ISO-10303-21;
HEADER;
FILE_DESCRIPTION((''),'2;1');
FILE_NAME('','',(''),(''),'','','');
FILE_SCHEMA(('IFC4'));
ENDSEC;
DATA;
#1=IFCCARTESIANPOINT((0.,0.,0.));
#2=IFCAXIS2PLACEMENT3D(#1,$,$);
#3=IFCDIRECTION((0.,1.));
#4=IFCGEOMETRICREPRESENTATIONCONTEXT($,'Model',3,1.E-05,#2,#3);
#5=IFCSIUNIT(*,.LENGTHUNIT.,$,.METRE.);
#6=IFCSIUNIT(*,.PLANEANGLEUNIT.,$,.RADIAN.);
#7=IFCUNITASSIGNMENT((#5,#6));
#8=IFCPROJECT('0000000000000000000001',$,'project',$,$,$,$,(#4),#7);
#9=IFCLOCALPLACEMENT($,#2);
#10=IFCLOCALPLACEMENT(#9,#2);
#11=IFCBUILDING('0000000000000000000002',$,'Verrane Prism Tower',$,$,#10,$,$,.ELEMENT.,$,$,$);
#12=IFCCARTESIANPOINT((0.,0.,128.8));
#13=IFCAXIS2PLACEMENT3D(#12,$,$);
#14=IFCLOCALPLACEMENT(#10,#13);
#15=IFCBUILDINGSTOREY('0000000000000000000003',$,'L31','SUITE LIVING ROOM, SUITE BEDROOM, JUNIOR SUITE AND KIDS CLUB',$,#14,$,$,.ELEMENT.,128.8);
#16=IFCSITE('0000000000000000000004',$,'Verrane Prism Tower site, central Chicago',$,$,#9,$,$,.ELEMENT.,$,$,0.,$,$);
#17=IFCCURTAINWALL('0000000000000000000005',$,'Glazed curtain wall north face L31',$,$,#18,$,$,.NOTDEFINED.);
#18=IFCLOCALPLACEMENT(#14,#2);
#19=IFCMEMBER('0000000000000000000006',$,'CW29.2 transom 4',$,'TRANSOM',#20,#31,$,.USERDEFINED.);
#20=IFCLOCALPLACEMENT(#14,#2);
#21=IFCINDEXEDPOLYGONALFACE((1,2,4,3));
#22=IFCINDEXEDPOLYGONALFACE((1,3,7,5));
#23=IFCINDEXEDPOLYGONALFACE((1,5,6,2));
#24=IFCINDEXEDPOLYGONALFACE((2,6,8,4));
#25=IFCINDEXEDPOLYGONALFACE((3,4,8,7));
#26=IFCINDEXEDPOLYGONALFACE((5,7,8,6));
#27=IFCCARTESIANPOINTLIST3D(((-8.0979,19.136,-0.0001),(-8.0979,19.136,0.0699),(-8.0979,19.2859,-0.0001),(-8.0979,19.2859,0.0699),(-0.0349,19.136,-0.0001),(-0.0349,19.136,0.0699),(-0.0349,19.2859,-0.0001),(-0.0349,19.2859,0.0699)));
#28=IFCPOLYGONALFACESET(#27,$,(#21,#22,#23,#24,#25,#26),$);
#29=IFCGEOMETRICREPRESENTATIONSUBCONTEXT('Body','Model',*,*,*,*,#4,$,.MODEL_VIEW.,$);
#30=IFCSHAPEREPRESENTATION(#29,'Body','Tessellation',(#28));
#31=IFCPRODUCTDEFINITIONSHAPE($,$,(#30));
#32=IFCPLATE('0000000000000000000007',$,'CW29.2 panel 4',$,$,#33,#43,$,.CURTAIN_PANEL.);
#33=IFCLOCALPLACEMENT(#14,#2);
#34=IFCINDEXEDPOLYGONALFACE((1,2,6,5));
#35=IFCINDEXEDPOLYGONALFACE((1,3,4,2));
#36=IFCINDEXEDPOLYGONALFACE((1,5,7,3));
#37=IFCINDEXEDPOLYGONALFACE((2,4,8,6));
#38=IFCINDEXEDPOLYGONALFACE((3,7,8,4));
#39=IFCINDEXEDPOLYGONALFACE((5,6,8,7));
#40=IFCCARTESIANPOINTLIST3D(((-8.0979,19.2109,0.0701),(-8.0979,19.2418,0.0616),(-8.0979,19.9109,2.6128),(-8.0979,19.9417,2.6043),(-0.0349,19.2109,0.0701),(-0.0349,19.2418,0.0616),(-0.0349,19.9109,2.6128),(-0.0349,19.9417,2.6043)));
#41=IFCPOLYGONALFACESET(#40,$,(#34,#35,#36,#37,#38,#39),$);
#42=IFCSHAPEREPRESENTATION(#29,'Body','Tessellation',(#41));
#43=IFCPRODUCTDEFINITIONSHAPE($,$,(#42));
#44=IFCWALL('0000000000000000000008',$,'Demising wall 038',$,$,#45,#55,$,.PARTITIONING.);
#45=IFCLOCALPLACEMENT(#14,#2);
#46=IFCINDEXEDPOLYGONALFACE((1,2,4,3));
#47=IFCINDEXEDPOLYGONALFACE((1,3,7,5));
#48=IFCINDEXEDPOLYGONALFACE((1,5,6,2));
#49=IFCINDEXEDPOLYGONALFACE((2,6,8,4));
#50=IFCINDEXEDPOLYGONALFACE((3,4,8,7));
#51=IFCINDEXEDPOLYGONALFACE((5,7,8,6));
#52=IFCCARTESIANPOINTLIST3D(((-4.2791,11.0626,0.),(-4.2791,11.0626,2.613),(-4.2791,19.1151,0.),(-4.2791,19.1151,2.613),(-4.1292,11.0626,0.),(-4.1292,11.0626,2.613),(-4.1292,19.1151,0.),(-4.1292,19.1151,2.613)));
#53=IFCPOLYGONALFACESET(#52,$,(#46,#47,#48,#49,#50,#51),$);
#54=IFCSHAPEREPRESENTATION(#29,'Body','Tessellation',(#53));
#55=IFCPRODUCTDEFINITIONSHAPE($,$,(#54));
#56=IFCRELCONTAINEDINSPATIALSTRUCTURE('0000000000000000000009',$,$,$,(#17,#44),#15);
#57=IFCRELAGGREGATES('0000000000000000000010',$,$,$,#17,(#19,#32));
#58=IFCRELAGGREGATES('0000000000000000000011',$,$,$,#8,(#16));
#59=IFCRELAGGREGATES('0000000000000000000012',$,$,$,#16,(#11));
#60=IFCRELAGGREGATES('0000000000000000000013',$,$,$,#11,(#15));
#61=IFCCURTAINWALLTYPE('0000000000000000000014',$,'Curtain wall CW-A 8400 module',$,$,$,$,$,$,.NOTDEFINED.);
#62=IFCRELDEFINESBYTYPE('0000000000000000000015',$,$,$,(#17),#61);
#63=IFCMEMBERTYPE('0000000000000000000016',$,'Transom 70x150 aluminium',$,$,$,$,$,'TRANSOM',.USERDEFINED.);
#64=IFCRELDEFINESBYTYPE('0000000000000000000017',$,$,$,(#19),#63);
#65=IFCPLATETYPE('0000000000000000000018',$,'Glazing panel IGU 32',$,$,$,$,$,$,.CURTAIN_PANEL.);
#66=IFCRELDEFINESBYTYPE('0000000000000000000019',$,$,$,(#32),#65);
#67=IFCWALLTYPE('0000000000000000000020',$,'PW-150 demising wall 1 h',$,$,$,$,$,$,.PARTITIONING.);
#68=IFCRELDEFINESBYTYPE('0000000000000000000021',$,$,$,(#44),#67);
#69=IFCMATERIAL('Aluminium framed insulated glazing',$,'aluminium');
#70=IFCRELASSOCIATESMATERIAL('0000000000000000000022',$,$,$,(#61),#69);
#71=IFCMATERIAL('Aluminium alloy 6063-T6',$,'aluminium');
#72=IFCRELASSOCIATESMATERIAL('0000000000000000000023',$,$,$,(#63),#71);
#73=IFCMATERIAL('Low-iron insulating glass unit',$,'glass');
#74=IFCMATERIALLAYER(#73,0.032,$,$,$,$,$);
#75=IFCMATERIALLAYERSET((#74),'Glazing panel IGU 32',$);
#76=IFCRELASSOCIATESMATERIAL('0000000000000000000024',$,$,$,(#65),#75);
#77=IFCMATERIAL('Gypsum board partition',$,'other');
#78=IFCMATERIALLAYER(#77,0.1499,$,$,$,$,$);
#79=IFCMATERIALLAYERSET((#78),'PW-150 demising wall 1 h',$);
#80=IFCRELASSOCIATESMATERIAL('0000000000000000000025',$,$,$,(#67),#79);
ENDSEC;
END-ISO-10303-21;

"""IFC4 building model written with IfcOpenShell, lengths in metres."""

from ifc_helpers import new_model, si_unit, direction, frame, frame_2d, origin, origin_2d, place, context, subcontext, project, spatial, polyline, rectangle, outline, extrude, material, layer, layer_set, material_profile, profile_set, type_object, element, aggregate, save


model = new_model("IFC4")

# Units and contexts
model_context = context("Model", 3, precision=1e-05, world=origin(), true_north=direction((0.0, 1.0)))
body_context = subcontext(model_context, "Body", "Model", "MODEL_VIEW")
ifc_project = project(units=[si_unit("LENGTHUNIT", "METRE"), si_unit("PLANEANGLEUNIT", "RADIAN")], contexts=[model_context])

# Site, building, storey
site_placement = place(None, origin())
site = spatial("IfcSite", under=ifc_project, at=site_placement, Name="Verrane Prism Tower site, central Chicago", CompositionType="ELEMENT", RefElevation=0.0)
building_placement = place(site_placement, origin())
building = spatial("IfcBuilding", under=site, at=building_placement, Name="Verrane Prism Tower", CompositionType="ELEMENT")
storey_placement = place(building_placement, frame((0.0, 0.0, 128.8)))
storey = spatial("IfcBuildingStorey", under=building, at=storey_placement, Name="L31", Description="SUITE LIVING ROOM, SUITE BEDROOM, JUNIOR SUITE AND KIDS CLUB", CompositionType="ELEMENT", Elevation=128.8)

# Curtain wall
ifc_material_1 = material(Name="Aluminium framed insulated glazing", Category="aluminium")
curtain_wall_type = type_object("IfcCurtainWallType", Name="Curtain wall CW-A 8400 module", PredefinedType="NOTDEFINED", material=ifc_material_1)
curtain_wall_placement = place(storey_placement, origin())
curtain_wall = element("IfcCurtainWall", 1, at=curtain_wall_placement, inside=storey, type_object=curtain_wall_type, Name="Glazed curtain wall north face L31", PredefinedType="NOTDEFINED")

# Member
ifc_material_2 = material(Name="Aluminium alloy 6063-T6", Category="aluminium")
ifc_material_profile_1 = material_profile(ifc_material_2, rectangle(XDim=0.1499, YDim=0.0701, at=origin_2d()), Name="Transom 70x150 aluminium")
ifc_profile_set_1 = profile_set([ifc_material_profile_1], Name="Aluminium alloy 6063-T6")
member_type_1 = type_object("IfcMemberType", Name="Transom 70x150 aluminium", ElementType="TRANSOM", PredefinedType="USERDEFINED", material=ifc_profile_set_1)
member_1_placement = place(storey_placement, frame((-0.0349, 19.2109, 0.0349), z_axis=(-1.0, 0.0, 0.0), x_axis=(0.0, -1.0, 0.0)))
member_1 = element("IfcMember", 2, at=member_1_placement, type_object=member_type_1, Name="CW29.2 transom 4", ObjectType="TRANSOM", PredefinedType="USERDEFINED", context=body_context, shape_type="SweptSolid", body=[
    extrude(rectangle(XDim=0.1499, YDim=0.0701, at=origin_2d()), origin(), (0.0, 0.0, 1.0), 8.063),
])

# Plate
ifc_material_3 = material(Name="Low-iron insulating glass unit", Category="glass")
ifc_layer_1 = layer(ifc_material_3, 0.032)
ifc_layer_set_1 = layer_set([ifc_layer_1], Name="Glazing panel IGU 32")
plate_type = type_object("IfcPlateType", Name="Glazing panel IGU 32", PredefinedType="CURTAIN_PANEL", material=ifc_layer_set_1)
plate_placement = place(storey_placement, frame((-0.0349, 19.2109, 0.0701), z_axis=(0.0, -0.964137, 0.265404), x_axis=(-1.0, 0.0, 0.0)))
plate = element("IfcPlate", 3, at=plate_placement, type_object=plate_type, Name="CW29.2 panel 4", PredefinedType="CURTAIN_PANEL", context=body_context, shape_type="SweptSolid", body=[
    extrude(outline(polyline([(0.0, 0.0), (8.063, 0.0), (8.063, -2.6373), (0.0, -2.6373), (0.0, 0.0)])), origin(), (0.0, 0.0, -1.0), 0.032),
])
aggregate(curtain_wall, [member_1, plate])

# Wall
ifc_material_4 = material(Name="Gypsum board partition", Category="other")
ifc_layer_2 = layer(ifc_material_4, 0.1499)
ifc_layer_set_2 = layer_set([ifc_layer_2], Name="PW-150 demising wall 1 h")
wall_type = type_object("IfcWallType", Name="PW-150 demising wall 1 h", PredefinedType="PARTITIONING", material=ifc_layer_set_2)
wall_placement = place(storey_placement, frame((-4.2041, 11.0625, 0.0), z_axis=(0.0, 0.0, 1.0), x_axis=(0.0, 1.0, 0.0)))
element("IfcWall", 4, at=wall_placement, inside=storey, type_object=wall_type, Name="Demising wall 038", PredefinedType="PARTITIONING", context=body_context, shape_type="SweptSolid", body=[
    extrude(rectangle(XDim=8.0525, YDim=0.1499, at=frame_2d((4.0264, 0.0))), origin(), (0.0, 0.0, 1.0), 2.613),
])

save(model, "model.ifc")
